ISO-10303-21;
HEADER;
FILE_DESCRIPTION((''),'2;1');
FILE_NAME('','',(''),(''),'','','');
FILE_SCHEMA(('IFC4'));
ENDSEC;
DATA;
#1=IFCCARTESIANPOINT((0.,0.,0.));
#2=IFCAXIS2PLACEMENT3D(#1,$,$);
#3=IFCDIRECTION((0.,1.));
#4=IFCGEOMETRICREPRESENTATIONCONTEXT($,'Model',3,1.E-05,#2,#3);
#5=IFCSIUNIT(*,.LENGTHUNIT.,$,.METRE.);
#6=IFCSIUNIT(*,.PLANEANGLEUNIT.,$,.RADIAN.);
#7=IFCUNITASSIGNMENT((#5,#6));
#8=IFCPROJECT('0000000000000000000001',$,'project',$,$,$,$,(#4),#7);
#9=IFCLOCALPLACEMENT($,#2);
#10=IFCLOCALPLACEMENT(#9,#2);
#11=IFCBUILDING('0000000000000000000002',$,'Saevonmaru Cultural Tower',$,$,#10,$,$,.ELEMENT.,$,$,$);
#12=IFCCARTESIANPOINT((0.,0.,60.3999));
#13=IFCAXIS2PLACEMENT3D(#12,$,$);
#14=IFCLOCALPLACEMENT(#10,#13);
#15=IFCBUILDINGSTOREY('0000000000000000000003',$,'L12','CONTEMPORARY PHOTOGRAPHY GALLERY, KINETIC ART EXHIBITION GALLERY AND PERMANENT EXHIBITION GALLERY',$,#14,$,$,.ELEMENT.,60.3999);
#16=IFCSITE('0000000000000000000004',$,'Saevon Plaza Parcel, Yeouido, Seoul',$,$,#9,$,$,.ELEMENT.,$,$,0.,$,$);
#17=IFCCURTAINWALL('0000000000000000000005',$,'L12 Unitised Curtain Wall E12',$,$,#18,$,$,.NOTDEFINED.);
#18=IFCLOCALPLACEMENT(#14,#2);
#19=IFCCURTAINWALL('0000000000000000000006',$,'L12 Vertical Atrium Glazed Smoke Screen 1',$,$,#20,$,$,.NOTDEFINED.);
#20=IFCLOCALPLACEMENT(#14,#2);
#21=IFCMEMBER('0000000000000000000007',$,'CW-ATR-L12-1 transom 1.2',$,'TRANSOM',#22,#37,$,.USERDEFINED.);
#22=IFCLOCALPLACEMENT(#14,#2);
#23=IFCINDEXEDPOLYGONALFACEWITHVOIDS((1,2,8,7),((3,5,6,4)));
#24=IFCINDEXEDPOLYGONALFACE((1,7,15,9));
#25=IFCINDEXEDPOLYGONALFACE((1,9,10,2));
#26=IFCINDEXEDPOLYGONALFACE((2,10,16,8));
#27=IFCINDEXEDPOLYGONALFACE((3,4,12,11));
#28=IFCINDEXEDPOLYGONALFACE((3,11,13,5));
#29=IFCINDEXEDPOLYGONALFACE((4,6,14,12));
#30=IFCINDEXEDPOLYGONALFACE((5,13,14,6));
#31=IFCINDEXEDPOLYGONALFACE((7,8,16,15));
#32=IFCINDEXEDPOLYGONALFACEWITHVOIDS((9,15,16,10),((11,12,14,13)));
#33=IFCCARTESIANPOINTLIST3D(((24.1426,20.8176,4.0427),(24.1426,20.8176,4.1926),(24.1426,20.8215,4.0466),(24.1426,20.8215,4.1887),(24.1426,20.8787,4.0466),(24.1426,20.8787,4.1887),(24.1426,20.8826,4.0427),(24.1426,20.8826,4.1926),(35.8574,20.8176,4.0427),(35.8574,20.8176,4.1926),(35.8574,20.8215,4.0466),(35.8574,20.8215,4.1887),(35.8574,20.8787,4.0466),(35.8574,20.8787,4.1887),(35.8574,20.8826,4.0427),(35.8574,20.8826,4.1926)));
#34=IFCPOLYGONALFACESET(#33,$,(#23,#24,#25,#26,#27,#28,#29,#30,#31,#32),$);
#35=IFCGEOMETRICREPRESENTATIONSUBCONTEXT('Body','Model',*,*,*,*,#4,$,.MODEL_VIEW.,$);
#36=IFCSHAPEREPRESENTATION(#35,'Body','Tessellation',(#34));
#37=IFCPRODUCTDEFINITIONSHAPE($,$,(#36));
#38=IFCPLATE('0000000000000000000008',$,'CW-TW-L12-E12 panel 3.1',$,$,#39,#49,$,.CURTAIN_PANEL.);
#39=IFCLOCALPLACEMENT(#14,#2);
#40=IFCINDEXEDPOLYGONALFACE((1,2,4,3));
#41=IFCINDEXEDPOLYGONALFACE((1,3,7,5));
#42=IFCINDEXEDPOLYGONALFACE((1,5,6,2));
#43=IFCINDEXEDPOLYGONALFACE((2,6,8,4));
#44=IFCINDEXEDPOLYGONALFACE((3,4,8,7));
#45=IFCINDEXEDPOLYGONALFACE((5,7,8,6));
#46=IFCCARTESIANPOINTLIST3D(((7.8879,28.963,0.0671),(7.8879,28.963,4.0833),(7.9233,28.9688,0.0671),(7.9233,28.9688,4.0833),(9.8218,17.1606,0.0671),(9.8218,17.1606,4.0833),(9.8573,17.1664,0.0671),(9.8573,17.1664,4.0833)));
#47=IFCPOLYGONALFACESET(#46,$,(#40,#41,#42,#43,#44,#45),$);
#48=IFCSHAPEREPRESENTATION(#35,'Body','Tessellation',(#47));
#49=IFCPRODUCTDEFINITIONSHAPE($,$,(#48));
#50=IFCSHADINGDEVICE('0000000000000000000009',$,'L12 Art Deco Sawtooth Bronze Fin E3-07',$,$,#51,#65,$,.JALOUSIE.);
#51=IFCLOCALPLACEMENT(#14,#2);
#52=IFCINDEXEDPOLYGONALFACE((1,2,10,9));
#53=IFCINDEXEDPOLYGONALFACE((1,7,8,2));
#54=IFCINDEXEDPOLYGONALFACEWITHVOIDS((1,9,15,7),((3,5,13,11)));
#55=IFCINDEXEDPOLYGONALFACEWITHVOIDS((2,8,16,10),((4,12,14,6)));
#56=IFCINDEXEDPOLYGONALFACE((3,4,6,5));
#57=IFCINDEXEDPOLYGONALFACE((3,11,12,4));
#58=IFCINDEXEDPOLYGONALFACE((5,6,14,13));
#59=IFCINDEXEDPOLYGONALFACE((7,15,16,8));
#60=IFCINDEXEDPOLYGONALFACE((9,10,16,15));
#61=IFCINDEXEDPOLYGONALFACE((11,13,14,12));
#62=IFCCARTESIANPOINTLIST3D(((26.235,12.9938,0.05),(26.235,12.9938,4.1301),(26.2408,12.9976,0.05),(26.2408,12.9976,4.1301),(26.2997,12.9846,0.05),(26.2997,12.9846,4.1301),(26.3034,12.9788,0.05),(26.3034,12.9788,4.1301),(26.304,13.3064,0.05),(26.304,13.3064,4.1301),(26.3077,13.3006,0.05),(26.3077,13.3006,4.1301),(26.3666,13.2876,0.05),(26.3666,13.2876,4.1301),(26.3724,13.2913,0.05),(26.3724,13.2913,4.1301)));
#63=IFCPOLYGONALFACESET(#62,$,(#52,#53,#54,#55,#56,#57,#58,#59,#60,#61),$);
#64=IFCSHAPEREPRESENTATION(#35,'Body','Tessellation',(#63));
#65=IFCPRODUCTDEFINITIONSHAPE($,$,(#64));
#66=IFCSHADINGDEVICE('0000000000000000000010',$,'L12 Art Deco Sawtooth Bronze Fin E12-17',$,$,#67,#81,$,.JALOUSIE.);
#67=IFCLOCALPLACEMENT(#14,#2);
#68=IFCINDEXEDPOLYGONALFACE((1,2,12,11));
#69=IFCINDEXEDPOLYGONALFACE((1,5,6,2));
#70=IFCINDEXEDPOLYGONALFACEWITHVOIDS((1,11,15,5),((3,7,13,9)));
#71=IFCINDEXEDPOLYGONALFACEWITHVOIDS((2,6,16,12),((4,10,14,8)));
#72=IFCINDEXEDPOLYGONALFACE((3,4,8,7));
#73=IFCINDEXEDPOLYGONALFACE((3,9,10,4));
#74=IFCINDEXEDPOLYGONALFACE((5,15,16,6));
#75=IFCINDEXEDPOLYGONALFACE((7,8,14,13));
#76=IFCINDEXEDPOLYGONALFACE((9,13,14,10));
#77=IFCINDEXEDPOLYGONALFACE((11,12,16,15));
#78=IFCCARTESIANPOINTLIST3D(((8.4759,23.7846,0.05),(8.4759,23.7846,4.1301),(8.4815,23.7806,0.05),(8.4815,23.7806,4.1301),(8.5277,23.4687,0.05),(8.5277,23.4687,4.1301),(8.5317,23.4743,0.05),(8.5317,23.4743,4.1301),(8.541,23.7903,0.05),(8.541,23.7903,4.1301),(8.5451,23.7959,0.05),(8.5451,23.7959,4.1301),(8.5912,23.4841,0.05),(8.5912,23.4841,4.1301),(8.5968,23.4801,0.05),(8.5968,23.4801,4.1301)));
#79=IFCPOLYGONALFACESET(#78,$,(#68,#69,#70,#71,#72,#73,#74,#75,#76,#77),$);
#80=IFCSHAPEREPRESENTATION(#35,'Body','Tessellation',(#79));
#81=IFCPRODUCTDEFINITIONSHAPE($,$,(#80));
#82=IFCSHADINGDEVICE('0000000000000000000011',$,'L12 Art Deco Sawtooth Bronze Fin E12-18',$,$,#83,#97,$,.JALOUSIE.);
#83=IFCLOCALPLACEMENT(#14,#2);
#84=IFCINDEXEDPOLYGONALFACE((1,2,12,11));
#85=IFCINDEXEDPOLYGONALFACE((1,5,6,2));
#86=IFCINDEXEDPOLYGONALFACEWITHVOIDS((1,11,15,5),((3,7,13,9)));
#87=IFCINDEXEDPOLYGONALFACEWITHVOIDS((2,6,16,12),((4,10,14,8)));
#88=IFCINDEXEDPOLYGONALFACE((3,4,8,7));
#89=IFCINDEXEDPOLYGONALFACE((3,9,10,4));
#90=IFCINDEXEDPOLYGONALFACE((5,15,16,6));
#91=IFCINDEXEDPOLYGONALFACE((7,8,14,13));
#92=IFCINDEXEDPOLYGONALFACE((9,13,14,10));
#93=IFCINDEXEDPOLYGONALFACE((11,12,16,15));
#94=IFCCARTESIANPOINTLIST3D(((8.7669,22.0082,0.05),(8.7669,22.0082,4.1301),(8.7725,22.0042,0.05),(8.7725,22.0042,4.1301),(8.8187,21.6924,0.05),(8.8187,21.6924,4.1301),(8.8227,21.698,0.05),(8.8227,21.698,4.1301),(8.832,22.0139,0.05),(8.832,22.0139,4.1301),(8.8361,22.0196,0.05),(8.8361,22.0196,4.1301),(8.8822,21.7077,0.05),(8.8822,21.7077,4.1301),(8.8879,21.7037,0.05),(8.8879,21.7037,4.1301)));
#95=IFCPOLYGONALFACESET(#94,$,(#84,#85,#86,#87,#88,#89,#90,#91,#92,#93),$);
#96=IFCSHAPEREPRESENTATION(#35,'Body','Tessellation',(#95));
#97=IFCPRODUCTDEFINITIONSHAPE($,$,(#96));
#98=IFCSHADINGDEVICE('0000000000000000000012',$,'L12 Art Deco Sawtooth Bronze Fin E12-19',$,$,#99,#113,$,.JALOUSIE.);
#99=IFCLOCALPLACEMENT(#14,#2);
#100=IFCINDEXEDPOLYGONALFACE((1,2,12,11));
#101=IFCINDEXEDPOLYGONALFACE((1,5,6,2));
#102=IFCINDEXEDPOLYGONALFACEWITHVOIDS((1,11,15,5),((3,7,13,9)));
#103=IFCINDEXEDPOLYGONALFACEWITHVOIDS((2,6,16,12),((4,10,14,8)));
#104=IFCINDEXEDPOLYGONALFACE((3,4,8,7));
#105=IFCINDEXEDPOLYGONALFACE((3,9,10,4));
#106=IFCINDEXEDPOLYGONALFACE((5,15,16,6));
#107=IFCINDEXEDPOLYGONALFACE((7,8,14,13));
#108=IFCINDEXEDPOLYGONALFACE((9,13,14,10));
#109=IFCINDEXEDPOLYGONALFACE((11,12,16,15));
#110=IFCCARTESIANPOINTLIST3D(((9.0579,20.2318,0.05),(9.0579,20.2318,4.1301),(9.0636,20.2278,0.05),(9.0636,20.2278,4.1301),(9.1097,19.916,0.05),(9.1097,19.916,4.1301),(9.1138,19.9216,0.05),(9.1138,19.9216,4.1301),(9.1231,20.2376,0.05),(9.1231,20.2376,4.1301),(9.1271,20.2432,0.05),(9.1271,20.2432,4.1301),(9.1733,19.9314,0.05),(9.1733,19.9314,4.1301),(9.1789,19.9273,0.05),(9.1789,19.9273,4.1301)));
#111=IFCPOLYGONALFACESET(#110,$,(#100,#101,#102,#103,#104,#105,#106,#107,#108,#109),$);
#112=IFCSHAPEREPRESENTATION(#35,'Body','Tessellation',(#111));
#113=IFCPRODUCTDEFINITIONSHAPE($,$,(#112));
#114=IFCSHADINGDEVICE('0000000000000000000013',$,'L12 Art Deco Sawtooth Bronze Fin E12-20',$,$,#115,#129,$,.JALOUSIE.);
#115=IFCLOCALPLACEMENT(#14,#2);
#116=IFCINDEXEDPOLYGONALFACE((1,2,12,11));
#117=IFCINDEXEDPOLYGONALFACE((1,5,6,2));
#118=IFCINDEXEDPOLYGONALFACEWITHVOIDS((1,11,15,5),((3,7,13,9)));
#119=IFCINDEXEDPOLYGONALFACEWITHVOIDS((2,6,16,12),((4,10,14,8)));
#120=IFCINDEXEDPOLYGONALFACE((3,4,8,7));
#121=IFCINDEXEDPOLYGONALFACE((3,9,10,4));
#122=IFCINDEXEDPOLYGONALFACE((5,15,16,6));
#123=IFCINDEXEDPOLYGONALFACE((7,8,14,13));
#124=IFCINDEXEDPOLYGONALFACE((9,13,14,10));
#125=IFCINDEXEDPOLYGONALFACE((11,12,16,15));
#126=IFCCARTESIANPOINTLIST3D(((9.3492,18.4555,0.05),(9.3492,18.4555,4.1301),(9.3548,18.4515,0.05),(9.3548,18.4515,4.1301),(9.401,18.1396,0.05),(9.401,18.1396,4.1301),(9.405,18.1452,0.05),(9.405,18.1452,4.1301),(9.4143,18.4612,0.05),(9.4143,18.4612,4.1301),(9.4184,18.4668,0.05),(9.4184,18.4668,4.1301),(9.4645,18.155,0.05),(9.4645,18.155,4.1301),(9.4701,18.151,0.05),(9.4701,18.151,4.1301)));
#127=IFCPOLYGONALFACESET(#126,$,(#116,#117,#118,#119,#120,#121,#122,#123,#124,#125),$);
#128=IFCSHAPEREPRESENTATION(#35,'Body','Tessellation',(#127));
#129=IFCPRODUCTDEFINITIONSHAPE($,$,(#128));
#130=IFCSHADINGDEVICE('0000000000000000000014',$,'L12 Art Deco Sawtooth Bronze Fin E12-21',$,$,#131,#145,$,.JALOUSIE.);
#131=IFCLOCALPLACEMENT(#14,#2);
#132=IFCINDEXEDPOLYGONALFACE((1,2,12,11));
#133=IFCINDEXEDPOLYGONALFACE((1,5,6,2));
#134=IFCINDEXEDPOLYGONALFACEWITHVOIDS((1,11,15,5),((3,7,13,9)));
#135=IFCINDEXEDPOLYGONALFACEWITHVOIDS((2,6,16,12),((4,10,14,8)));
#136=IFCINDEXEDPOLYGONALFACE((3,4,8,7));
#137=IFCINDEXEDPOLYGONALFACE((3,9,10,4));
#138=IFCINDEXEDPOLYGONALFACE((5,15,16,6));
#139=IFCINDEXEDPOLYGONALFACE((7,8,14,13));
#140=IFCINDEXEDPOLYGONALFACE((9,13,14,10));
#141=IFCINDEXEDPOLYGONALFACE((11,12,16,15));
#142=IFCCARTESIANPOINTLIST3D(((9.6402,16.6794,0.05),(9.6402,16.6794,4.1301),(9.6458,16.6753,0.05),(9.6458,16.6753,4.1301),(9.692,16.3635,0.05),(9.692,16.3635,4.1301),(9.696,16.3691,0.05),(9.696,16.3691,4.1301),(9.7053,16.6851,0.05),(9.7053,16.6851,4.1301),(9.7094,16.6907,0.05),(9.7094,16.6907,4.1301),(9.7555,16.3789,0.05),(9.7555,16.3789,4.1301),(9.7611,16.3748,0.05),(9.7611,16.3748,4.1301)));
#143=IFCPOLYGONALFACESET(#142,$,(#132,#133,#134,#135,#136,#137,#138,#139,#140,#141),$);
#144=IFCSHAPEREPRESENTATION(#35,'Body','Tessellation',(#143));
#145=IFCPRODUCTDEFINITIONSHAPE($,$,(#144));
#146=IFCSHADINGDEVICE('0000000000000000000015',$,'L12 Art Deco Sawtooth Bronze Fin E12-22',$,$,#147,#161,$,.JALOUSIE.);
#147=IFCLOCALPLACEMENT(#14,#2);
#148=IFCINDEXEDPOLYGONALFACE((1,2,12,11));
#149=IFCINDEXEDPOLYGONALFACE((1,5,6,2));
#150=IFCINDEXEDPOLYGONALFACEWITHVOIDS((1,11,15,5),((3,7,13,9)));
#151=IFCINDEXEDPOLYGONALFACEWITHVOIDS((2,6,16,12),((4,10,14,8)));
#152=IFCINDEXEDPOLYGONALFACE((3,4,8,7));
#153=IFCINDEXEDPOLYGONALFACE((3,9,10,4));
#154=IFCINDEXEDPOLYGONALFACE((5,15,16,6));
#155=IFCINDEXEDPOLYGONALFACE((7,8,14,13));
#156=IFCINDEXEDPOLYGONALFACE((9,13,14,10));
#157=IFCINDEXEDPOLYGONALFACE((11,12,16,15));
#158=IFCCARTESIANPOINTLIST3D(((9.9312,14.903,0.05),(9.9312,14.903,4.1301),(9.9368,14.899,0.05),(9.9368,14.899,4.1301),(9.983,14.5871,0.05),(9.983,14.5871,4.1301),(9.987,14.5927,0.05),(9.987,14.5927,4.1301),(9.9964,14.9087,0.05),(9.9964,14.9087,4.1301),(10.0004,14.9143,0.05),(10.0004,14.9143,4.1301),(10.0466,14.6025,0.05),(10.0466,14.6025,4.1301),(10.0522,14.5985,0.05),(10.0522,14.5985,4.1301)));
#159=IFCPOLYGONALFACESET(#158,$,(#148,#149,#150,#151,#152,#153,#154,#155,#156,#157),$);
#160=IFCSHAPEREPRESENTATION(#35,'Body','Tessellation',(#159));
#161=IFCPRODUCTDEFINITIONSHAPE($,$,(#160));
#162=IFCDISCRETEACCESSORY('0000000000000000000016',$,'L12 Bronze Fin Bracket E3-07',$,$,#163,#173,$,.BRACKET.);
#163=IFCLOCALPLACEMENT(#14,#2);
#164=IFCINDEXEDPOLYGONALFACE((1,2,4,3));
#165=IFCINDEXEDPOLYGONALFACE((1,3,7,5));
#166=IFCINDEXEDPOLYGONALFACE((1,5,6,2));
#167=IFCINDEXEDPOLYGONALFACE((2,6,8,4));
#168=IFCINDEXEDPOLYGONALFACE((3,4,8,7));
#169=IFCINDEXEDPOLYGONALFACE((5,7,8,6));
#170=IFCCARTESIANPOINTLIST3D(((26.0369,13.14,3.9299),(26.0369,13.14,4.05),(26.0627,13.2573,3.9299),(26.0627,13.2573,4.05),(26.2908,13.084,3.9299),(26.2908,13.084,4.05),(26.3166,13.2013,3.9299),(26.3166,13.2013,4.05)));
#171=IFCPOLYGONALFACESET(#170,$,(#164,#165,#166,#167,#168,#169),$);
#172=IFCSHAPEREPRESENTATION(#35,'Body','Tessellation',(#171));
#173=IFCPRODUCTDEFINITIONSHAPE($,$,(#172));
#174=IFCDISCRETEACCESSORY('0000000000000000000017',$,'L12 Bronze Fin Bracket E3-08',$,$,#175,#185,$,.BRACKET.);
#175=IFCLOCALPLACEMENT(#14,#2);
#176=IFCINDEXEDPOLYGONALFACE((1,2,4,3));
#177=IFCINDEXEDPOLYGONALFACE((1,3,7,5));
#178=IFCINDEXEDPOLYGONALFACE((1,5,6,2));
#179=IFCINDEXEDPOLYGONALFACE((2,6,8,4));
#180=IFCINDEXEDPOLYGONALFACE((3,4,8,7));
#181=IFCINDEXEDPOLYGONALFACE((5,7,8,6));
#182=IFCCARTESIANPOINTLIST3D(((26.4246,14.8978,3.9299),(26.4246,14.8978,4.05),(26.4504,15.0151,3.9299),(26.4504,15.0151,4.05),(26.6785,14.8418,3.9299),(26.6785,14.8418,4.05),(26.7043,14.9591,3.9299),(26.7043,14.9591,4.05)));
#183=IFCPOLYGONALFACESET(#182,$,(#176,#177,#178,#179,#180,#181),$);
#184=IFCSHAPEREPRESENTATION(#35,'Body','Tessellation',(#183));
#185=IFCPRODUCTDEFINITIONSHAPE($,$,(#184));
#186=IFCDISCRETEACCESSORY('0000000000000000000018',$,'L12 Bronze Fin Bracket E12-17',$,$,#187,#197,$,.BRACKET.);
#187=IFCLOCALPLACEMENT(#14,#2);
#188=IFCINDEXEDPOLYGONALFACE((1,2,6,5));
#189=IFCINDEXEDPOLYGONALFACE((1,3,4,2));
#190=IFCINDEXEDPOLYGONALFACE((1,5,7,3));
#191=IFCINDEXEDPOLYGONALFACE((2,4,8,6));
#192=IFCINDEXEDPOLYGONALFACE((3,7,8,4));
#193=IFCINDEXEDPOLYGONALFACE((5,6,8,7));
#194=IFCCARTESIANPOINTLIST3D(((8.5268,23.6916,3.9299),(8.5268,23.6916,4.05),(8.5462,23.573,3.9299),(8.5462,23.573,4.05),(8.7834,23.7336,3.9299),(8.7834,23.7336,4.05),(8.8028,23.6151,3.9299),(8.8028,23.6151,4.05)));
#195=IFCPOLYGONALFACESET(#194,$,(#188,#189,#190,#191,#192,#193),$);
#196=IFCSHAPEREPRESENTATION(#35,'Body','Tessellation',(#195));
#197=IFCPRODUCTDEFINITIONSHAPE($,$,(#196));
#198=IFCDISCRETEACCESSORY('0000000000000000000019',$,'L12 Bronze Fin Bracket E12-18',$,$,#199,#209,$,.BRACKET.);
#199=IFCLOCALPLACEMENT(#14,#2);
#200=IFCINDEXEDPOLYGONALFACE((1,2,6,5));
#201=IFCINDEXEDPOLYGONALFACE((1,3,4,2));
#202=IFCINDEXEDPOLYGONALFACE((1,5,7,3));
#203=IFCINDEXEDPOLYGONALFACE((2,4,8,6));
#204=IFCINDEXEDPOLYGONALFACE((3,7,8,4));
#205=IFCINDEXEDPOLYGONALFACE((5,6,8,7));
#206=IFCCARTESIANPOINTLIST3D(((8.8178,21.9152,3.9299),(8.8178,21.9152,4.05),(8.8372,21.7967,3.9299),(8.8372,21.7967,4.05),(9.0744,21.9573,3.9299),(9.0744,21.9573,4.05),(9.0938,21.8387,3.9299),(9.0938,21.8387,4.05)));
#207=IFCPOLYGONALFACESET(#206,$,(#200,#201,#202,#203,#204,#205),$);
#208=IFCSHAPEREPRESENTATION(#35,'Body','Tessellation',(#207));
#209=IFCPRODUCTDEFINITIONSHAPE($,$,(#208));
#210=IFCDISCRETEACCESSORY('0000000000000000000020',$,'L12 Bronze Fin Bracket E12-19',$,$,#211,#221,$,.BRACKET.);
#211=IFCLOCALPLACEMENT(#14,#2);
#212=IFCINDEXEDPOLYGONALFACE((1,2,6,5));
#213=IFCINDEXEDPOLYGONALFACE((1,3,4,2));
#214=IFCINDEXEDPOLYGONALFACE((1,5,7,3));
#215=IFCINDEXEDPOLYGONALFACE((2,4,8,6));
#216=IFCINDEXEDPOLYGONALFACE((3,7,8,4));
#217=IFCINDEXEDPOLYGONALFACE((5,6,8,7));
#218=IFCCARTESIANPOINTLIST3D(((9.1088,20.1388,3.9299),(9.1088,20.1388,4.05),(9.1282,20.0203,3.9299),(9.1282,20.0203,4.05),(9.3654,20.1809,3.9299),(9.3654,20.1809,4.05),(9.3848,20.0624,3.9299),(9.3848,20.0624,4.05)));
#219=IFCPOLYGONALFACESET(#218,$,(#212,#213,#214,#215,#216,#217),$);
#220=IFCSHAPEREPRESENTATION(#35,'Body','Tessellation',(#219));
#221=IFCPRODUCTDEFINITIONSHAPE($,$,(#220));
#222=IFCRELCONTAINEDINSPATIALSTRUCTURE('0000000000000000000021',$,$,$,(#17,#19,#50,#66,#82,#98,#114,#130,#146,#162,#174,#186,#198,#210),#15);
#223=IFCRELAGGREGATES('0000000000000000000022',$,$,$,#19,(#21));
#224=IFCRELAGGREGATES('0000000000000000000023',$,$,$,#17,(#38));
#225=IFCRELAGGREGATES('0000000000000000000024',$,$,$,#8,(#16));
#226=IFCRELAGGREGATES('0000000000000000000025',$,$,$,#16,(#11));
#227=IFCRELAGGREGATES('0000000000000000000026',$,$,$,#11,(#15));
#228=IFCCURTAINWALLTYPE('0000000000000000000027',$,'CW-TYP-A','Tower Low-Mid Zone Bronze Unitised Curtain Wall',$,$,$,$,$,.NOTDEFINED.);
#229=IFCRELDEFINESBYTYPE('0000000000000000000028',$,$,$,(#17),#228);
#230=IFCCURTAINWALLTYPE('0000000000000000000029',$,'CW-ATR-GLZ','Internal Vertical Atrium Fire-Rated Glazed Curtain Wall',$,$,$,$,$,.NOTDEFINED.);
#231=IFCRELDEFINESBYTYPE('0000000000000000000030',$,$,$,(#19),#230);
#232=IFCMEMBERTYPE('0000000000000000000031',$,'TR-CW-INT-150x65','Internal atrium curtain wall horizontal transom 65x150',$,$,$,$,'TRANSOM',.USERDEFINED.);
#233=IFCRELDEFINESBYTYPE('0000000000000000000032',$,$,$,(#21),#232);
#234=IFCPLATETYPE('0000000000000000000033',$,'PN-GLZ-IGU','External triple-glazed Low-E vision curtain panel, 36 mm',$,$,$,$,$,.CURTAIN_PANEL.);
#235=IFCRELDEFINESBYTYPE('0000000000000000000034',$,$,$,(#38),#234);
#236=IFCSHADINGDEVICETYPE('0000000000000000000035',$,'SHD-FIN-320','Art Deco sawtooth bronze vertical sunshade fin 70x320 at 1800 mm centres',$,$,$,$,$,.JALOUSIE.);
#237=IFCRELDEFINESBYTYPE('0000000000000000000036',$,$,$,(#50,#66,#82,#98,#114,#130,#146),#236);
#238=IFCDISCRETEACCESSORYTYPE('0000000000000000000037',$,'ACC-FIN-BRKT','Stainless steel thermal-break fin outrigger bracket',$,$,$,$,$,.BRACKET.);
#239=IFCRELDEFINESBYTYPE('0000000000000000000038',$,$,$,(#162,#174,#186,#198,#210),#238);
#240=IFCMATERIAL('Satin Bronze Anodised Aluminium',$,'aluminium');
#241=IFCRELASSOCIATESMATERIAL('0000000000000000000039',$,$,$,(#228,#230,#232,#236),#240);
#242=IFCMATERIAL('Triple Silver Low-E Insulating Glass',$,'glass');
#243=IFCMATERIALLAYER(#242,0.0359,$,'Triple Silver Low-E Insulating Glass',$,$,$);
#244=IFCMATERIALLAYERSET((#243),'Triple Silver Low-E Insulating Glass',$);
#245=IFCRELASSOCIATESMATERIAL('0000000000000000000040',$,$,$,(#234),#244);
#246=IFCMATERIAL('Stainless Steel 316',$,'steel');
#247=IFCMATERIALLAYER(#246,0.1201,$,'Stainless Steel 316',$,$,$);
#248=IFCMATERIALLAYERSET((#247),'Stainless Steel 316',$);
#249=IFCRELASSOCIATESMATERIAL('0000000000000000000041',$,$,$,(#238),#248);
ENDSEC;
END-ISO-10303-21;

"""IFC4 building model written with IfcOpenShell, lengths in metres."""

from ifc_helpers import new_model, si_unit, direction, frame, origin, origin_2d, place, context, subcontext, project, spatial, rectangle, hollow_rectangle, extrude, material, layer, layer_set, material_profile, profile_set, type_object, element, aggregate, save


model = new_model("IFC4")

# Units and contexts
model_context = context("Model", 3, precision=1e-05, world=origin(), true_north=direction((0.0, 1.0)))
body_context = subcontext(model_context, "Body", "Model", "MODEL_VIEW")
ifc_project = project(units=[si_unit("LENGTHUNIT", "METRE"), si_unit("PLANEANGLEUNIT", "RADIAN")], contexts=[model_context])

# Site, building, storey
site_placement = place(None, origin())
site = spatial("IfcSite", under=ifc_project, at=site_placement, Name="Saevon Plaza Parcel, Yeouido, Seoul", CompositionType="ELEMENT", RefElevation=0.0)
building_placement = place(site_placement, origin())
building = spatial("IfcBuilding", under=site, at=building_placement, Name="Saevonmaru Cultural Tower", CompositionType="ELEMENT")
storey_placement = place(building_placement, frame((0.0, 0.0, 60.3999)))
storey = spatial("IfcBuildingStorey", under=building, at=storey_placement, Name="L12", Description="CONTEMPORARY PHOTOGRAPHY GALLERY, KINETIC ART EXHIBITION GALLERY AND PERMANENT EXHIBITION GALLERY", CompositionType="ELEMENT", Elevation=60.3999)

# Curtain walls
ifc_material_1 = material(Name="Satin Bronze Anodised Aluminium", Category="aluminium")
curtain_wall_type_1 = type_object("IfcCurtainWallType", Name="CW-TYP-A", Description="Tower Low-Mid Zone Bronze Unitised Curtain Wall", PredefinedType="NOTDEFINED", material=ifc_material_1)
curtain_wall_1_placement = place(storey_placement, origin())
curtain_wall_1 = element("IfcCurtainWall", 1, at=curtain_wall_1_placement, inside=storey, type_object=curtain_wall_type_1, Name="L12 Unitised Curtain Wall E12", PredefinedType="NOTDEFINED")
curtain_wall_type_2 = type_object("IfcCurtainWallType", Name="CW-ATR-GLZ", Description="Internal Vertical Atrium Fire-Rated Glazed Curtain Wall", PredefinedType="NOTDEFINED", material=ifc_material_1)
curtain_wall_2_placement = place(storey_placement, origin())
curtain_wall_2 = element("IfcCurtainWall", 2, at=curtain_wall_2_placement, inside=storey, type_object=curtain_wall_type_2, Name="L12 Vertical Atrium Glazed Smoke Screen 1", PredefinedType="NOTDEFINED")

# Member
ifc_material_profile_1 = material_profile(ifc_material_1, hollow_rectangle(XDim=0.0649, YDim=0.1499, WallThickness=0.0039, at=origin_2d()), Name="ALU-TRAN-150x65x4")
ifc_profile_set_1 = profile_set([ifc_material_profile_1], Name="Satin Bronze Anodised Aluminium")
member_type_1 = type_object("IfcMemberType", Name="TR-CW-INT-150x65", Description="Internal atrium curtain wall horizontal transom 65x150", ElementType="TRANSOM", PredefinedType="USERDEFINED", material=ifc_profile_set_1)
member_1_placement = place(storey_placement, frame((24.1426, 20.8501, 4.1177), z_axis=(1.0, 0.0, 0.0), x_axis=(0.0, 1.0, 0.0)))
member_1 = element("IfcMember", 3, at=member_1_placement, type_object=member_type_1, Name="CW-ATR-L12-1 transom 1.2", ObjectType="TRANSOM", PredefinedType="USERDEFINED", context=body_context, shape_type="SweptSolid", body=[
    extrude(hollow_rectangle(XDim=0.0649, YDim=0.1499, WallThickness=0.0039, at=origin_2d()), origin(), (0.0, 0.0, 1.0), 11.7148),
])
aggregate(curtain_wall_2, [member_1])

# Plate
ifc_material_2 = material(Name="Triple Silver Low-E Insulating Glass", Category="glass")
ifc_layer_1 = layer(ifc_material_2, 0.0359, Name="Triple Silver Low-E Insulating Glass")
ifc_layer_set_1 = layer_set([ifc_layer_1], Name="Triple Silver Low-E Insulating Glass")
plate_type = type_object("IfcPlateType", Name="PN-GLZ-IGU", Description="External triple-glazed Low-E vision curtain panel, 36 mm", PredefinedType="CURTAIN_PANEL", material=ifc_layer_set_1)
plate_placement = place(storey_placement, frame((8.8726, 23.0647, 0.0671), z_axis=(0.0, 0.0, 1.0), x_axis=(0.161709, -0.986839, 0.0)))
plate = element("IfcPlate", 4, at=plate_placement, type_object=plate_type, Name="CW-TW-L12-E12 panel 3.1", PredefinedType="CURTAIN_PANEL", context=body_context, shape_type="SweptSolid", body=[
    extrude(rectangle(XDim=11.9597, YDim=0.0359, at=origin_2d()), origin(), (0.0, 0.0, 1.0), 4.0161),
])
aggregate(curtain_wall_1, [plate])

# Shading devices
ifc_material_profile_2 = material_profile(ifc_material_1, hollow_rectangle(XDim=0.0701, YDim=0.3201, WallThickness=0.0049, at=origin_2d()), Name="FIN-320x70")
ifc_profile_set_2 = profile_set([ifc_material_profile_2], Name="Satin Bronze Anodised Aluminium")
shading_device_type = type_object("IfcShadingDeviceType", Name="SHD-FIN-320", Description="Art Deco sawtooth bronze vertical sunshade fin 70x320 at 1800 mm centres", PredefinedType="JALOUSIE", material=ifc_profile_set_2)
for number, where, z_axis, x_axis, name in (
    (5, (26.3037, 13.1426, 0.05), (0.0, 0.0, 1.0), (0.976522, -0.215417, 0.0), "L12 Art Deco Sawtooth Bronze Fin E3-07"),
    (6, (8.5364, 23.6323, 0.05), (0.0, 0.0, 1.0), (-0.986827, -0.161776, 0.0), "L12 Art Deco Sawtooth Bronze Fin E12-17"),
    (7, (8.8274, 21.856, 0.05), (0.0, 0.0, 1.0), (-0.986827, -0.161776, 0.0), "L12 Art Deco Sawtooth Bronze Fin E12-18"),
    (8, (9.1184, 20.0796, 0.05), (0.0, 0.0, 1.0), (-0.986827, -0.161776, 0.0), "L12 Art Deco Sawtooth Bronze Fin E12-19"),
    (9, (9.4097, 18.3032, 0.05), (0.0, 0.0, 1.0), (-0.986827, -0.161776, 0.0), "L12 Art Deco Sawtooth Bronze Fin E12-20"),
    (10, (9.7007, 16.5271, 0.05), (0.0, 0.0, 1.0), (-0.986827, -0.161776, 0.0), "L12 Art Deco Sawtooth Bronze Fin E12-21"),
    (11, (9.9917, 14.7507, 0.05), (0.0, 0.0, 1.0), (-0.986827, -0.161776, 0.0), "L12 Art Deco Sawtooth Bronze Fin E12-22"),
):
    element("IfcShadingDevice", number, at=place(storey_placement, frame(where, z_axis=z_axis, x_axis=x_axis)), inside=storey, type_object=shading_device_type, Name=name, PredefinedType="JALOUSIE", context=body_context, shape_type="SweptSolid", body=[
        extrude(hollow_rectangle(XDim=0.0701, YDim=0.3201, WallThickness=0.0049, at=origin_2d()), origin(), (0.0, 0.0, 1.0), 4.0801),
    ])

# Discrete accessories
ifc_material_3 = material(Name="Stainless Steel 316", Category="steel")
ifc_layer_2 = layer(ifc_material_3, 0.1201, Name="Stainless Steel 316")
ifc_layer_set_2 = layer_set([ifc_layer_2], Name="Stainless Steel 316")
discrete_accessory_type = type_object("IfcDiscreteAccessoryType", Name="ACC-FIN-BRKT", Description="Stainless steel thermal-break fin outrigger bracket", PredefinedType="BRACKET", material=ifc_layer_set_2)
for number, where, z_axis, x_axis, name in (
    (12, (26.1768, 13.1707, 3.9299), (0.0, 0.0, 1.0), (0.976522, -0.215417, 0.0), "L12 Bronze Fin Bracket E3-07"),
    (13, (26.5645, 14.9285, 3.9299), (0.0, 0.0, 1.0), (0.976522, -0.215417, 0.0), "L12 Bronze Fin Bracket E3-08"),
    (14, (8.6648, 23.6533, 3.9299), (0.0, 0.0, 1.0), (-0.986827, -0.161776, 0.0), "L12 Bronze Fin Bracket E12-17"),
    (15, (8.9558, 21.877, 3.9299), (0.0, 0.0, 1.0), (-0.986827, -0.161776, 0.0), "L12 Bronze Fin Bracket E12-18"),
    (16, (9.2468, 20.1006, 3.9299), (0.0, 0.0, 1.0), (-0.986827, -0.161776, 0.0), "L12 Bronze Fin Bracket E12-19"),
):
    element("IfcDiscreteAccessory", number, at=place(storey_placement, frame(where, z_axis=z_axis, x_axis=x_axis)), inside=storey, type_object=discrete_accessory_type, Name=name, PredefinedType="BRACKET", context=body_context, shape_type="SweptSolid", body=[
        extrude(rectangle(XDim=0.26, YDim=0.1201, at=origin_2d()), origin(), (0.0, 0.0, 1.0), 0.1201),
    ])

save(model, "model.ifc")
